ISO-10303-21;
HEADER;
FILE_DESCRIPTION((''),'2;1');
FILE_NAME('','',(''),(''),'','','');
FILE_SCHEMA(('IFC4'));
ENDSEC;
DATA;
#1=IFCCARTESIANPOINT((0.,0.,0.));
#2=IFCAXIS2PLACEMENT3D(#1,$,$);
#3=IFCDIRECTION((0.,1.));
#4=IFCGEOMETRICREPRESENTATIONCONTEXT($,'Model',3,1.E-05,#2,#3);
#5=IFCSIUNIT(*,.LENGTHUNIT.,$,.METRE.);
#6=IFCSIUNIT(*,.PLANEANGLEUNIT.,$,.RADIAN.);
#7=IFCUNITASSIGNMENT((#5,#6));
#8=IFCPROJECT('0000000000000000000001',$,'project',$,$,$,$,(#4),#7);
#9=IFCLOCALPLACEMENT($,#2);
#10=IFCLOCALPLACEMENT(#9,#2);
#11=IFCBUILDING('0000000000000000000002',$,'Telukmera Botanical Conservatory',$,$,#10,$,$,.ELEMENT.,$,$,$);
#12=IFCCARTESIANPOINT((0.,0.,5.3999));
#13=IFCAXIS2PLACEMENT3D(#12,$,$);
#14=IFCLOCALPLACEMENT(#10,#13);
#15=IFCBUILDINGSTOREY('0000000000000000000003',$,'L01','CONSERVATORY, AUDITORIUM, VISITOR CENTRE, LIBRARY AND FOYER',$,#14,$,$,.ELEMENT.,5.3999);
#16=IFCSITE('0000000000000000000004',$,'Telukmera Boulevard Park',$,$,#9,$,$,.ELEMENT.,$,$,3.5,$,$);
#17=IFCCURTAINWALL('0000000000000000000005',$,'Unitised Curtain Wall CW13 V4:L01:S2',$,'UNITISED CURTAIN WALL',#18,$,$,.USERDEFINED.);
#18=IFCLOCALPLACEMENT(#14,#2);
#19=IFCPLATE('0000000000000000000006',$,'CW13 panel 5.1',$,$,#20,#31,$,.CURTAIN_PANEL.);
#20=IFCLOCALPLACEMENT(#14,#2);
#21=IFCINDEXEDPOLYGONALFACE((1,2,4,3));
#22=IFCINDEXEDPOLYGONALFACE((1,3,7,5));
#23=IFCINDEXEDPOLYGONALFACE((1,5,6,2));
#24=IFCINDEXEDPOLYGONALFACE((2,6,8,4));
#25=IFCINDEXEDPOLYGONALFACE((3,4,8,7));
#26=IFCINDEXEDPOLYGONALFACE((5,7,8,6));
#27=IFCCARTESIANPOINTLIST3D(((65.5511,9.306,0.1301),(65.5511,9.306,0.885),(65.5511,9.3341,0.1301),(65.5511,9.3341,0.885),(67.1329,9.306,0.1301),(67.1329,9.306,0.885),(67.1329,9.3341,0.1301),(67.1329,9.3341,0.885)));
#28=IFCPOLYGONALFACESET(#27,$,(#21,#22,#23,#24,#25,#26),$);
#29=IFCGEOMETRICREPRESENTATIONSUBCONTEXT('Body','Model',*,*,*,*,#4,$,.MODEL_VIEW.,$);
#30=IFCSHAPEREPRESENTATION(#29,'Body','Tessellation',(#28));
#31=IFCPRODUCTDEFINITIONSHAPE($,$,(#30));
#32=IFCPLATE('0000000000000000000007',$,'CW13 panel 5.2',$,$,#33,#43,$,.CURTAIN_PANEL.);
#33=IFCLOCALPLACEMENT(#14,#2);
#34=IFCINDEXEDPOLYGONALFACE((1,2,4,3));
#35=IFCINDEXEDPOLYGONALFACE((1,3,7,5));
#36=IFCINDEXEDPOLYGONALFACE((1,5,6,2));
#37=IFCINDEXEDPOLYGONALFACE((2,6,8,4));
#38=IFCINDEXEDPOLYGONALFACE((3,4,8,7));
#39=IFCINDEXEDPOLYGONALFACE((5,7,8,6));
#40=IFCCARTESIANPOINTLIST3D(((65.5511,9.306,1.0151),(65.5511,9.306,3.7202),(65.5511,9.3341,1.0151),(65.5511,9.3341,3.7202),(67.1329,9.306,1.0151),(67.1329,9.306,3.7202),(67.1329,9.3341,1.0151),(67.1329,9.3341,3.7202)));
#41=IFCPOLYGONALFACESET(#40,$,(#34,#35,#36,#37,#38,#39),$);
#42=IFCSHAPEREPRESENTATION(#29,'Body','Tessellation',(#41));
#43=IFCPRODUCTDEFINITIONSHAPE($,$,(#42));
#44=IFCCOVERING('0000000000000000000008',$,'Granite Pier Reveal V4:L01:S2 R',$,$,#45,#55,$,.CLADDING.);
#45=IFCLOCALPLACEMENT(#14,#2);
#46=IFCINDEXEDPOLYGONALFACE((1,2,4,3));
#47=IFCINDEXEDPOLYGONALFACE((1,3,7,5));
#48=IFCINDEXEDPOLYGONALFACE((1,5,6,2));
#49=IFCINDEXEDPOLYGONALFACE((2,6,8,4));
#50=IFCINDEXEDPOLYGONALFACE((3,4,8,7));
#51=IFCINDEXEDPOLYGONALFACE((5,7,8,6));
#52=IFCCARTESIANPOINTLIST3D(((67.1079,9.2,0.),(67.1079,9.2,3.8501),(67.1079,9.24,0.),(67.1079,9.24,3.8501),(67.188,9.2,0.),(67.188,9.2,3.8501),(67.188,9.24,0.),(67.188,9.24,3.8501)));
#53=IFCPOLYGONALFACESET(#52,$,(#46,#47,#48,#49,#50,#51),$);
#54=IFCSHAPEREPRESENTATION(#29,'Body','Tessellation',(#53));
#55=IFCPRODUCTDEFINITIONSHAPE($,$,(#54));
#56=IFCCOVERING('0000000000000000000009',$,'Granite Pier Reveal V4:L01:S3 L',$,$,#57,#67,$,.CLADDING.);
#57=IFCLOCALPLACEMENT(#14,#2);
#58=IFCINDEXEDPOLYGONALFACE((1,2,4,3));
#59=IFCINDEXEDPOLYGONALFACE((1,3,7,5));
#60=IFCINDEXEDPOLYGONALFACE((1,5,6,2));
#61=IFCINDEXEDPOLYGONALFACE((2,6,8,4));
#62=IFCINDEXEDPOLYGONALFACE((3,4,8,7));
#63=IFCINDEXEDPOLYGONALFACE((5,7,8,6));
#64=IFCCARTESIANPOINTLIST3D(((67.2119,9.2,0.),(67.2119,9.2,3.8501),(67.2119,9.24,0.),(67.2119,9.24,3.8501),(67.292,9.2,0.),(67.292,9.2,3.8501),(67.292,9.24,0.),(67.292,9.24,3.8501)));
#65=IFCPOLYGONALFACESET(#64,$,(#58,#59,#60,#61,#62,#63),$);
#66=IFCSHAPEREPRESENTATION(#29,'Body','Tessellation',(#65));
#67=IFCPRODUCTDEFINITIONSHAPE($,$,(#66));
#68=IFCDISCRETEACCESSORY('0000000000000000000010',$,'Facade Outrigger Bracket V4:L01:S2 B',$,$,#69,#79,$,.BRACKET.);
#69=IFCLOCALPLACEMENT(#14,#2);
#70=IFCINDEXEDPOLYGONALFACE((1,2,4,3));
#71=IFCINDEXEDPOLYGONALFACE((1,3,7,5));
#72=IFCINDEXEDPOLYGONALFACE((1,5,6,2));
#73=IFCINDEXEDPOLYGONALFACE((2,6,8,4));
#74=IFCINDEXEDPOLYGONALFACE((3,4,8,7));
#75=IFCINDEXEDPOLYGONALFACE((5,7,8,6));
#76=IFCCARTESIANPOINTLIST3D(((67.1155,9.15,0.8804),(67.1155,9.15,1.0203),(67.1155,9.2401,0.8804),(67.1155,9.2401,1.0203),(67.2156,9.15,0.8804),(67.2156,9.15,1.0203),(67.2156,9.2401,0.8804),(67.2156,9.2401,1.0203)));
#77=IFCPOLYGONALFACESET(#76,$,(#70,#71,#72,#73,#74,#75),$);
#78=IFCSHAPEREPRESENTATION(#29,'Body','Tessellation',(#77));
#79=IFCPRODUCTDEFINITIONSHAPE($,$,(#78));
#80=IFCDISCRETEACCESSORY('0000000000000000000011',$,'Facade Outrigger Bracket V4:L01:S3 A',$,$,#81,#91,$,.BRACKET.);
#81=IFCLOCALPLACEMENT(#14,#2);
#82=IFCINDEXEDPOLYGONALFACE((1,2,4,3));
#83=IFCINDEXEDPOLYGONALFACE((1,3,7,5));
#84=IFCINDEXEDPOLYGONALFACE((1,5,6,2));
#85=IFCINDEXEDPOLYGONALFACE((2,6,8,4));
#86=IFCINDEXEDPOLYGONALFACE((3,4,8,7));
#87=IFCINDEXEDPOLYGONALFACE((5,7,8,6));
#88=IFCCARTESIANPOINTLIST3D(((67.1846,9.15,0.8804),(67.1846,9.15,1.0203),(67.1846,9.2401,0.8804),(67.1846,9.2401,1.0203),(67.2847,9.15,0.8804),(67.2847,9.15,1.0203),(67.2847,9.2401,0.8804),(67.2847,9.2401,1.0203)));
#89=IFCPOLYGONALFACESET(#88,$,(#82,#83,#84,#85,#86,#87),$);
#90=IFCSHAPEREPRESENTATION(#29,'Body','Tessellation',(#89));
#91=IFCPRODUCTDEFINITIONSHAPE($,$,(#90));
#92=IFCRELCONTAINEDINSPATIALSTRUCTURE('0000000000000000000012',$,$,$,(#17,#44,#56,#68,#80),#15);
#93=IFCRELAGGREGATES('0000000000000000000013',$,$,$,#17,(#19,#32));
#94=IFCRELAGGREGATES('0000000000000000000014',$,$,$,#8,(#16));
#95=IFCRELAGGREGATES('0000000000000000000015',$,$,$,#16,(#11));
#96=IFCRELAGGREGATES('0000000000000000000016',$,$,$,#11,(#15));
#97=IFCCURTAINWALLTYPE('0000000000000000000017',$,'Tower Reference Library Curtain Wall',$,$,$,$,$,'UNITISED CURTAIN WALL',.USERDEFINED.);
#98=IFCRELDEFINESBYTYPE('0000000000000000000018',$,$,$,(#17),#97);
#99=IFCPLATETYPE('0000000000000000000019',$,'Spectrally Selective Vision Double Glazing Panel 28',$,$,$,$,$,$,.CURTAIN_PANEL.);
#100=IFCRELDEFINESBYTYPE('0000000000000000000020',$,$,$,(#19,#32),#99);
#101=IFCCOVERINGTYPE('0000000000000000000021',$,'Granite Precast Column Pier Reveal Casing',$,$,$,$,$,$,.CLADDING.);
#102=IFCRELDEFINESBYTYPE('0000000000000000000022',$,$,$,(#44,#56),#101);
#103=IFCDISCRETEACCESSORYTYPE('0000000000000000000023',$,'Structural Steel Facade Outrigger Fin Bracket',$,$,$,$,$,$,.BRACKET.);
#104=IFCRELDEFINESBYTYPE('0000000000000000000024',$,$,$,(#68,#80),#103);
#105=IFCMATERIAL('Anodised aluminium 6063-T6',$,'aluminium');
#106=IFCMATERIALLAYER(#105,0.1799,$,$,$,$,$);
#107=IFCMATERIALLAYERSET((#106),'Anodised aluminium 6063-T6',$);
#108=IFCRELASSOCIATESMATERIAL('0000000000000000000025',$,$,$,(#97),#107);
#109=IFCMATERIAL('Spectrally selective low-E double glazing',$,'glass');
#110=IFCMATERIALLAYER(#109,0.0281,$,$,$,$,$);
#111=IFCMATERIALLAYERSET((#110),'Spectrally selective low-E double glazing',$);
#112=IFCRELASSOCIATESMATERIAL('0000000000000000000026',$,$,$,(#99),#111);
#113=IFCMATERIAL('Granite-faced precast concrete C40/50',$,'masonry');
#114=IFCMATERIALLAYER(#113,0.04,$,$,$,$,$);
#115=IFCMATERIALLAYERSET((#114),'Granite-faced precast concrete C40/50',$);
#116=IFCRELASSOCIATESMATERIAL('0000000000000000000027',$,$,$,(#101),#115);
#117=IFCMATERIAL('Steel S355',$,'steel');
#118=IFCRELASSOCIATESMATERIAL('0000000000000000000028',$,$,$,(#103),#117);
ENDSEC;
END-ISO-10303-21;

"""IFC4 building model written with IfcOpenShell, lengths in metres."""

from ifc_helpers import new_model, si_unit, direction, frame, origin, origin_2d, place, context, subcontext, project, spatial, rectangle, extrude, material, layer, layer_set, type_object, element, aggregate, save


model = new_model("IFC4")

# Units and contexts
model_context = context("Model", 3, precision=1e-05, world=origin(), true_north=direction((0.0, 1.0)))
body_context = subcontext(model_context, "Body", "Model", "MODEL_VIEW")
ifc_project = project(units=[si_unit("LENGTHUNIT", "METRE"), si_unit("PLANEANGLEUNIT", "RADIAN")], contexts=[model_context])

# Site, building, storey
site_placement = place(None, origin())
site = spatial("IfcSite", under=ifc_project, at=site_placement, Name="Telukmera Boulevard Park", CompositionType="ELEMENT", RefElevation=3.5)
building_placement = place(site_placement, origin())
building = spatial("IfcBuilding", under=site, at=building_placement, Name="Telukmera Botanical Conservatory", CompositionType="ELEMENT")
storey_placement = place(building_placement, frame((0.0, 0.0, 5.3999)))
storey = spatial("IfcBuildingStorey", under=building, at=storey_placement, Name="L01", Description="CONSERVATORY, AUDITORIUM, VISITOR CENTRE, LIBRARY AND FOYER", CompositionType="ELEMENT", Elevation=5.3999)

# Curtain wall
ifc_material_1 = material(Name="Anodised aluminium 6063-T6", Category="aluminium")
ifc_layer_1 = layer(ifc_material_1, 0.1799)
ifc_layer_set_1 = layer_set([ifc_layer_1], Name="Anodised aluminium 6063-T6")
curtain_wall_type = type_object("IfcCurtainWallType", Name="Tower Reference Library Curtain Wall", ElementType="UNITISED CURTAIN WALL", PredefinedType="USERDEFINED", material=ifc_layer_set_1)
curtain_wall_1_placement = place(storey_placement, origin())
curtain_wall_1 = element("IfcCurtainWall", 1, at=curtain_wall_1_placement, inside=storey, type_object=curtain_wall_type, Name="Unitised Curtain Wall CW13 V4:L01:S2", ObjectType="UNITISED CURTAIN WALL", PredefinedType="USERDEFINED")

# Plates
ifc_material_2 = material(Name="Spectrally selective low-E double glazing", Category="glass")
ifc_layer_2 = layer(ifc_material_2, 0.0281)
ifc_layer_set_2 = layer_set([ifc_layer_2], Name="Spectrally selective low-E double glazing")
plate_type = type_object("IfcPlateType", Name="Spectrally Selective Vision Double Glazing Panel 28", PredefinedType="CURTAIN_PANEL", material=ifc_layer_set_2)
plate_1_placement = place(storey_placement, frame((66.342, 9.3201, 0.1301), z_axis=(0.0, 0.0, 1.0), x_axis=(1.0, 0.0, 0.0)))
plate_1 = element("IfcPlate", 2, at=plate_1_placement, type_object=plate_type, Name="CW13 panel 5.1", PredefinedType="CURTAIN_PANEL", context=body_context, shape_type="SweptSolid", body=[
    extrude(rectangle(XDim=1.5818, YDim=0.0281, at=origin_2d()), origin(), (0.0, 0.0, 1.0), 0.7549),
])
plate_2_placement = place(storey_placement, frame((66.342, 9.3201, 1.0151), z_axis=(0.0, 0.0, 1.0), x_axis=(1.0, 0.0, 0.0)))
plate_2 = element("IfcPlate", 3, at=plate_2_placement, type_object=plate_type, Name="CW13 panel 5.2", PredefinedType="CURTAIN_PANEL", context=body_context, shape_type="SweptSolid", body=[
    extrude(rectangle(XDim=1.5818, YDim=0.0281, at=origin_2d()), origin(), (0.0, 0.0, 1.0), 2.7051),
])
aggregate(curtain_wall_1, [plate_1, plate_2])

# Coverings
ifc_material_3 = material(Name="Granite-faced precast concrete C40/50", Category="masonry")
ifc_layer_3 = layer(ifc_material_3, 0.04)
ifc_layer_set_3 = layer_set([ifc_layer_3], Name="Granite-faced precast concrete C40/50")
covering_type = type_object("IfcCoveringType", Name="Granite Precast Column Pier Reveal Casing", PredefinedType="CLADDING", material=ifc_layer_set_3)
for number, where, z_axis, x_axis, name in (
    (4, (67.1479, 9.22, 0.0), (0.0, 0.0, 1.0), (1.0, 0.0, 0.0), "Granite Pier Reveal V4:L01:S2 R"),
    (5, (67.252, 9.22, 0.0), (0.0, 0.0, 1.0), (1.0, 0.0, 0.0), "Granite Pier Reveal V4:L01:S3 L"),
):
    element("IfcCovering", number, at=place(storey_placement, frame(where, z_axis=z_axis, x_axis=x_axis)), inside=storey, type_object=covering_type, Name=name, PredefinedType="CLADDING", context=body_context, shape_type="SweptSolid", body=[
        extrude(rectangle(XDim=0.0801, YDim=0.04, at=origin_2d()), origin(), (0.0, 0.0, 1.0), 3.8501),
    ])

# Discrete accessories
ifc_material_4 = material(Name="Steel S355", Category="steel")
discrete_accessory_type = type_object("IfcDiscreteAccessoryType", Name="Structural Steel Facade Outrigger Fin Bracket", PredefinedType="BRACKET", material=ifc_material_4)
for number, where, z_axis, x_axis, name in (
    (6, (67.1655, 9.1951, 0.8804), (0.0, 0.0, 1.0), (1.0, 0.0, 0.0), "Facade Outrigger Bracket V4:L01:S2 B"),
    (7, (67.2346, 9.1951, 0.8804), (0.0, 0.0, 1.0), (1.0, 0.0, 0.0), "Facade Outrigger Bracket V4:L01:S3 A"),
):
    element("IfcDiscreteAccessory", number, at=place(storey_placement, frame(where, z_axis=z_axis, x_axis=x_axis)), inside=storey, type_object=discrete_accessory_type, Name=name, PredefinedType="BRACKET", context=body_context, shape_type="SweptSolid", body=[
        extrude(rectangle(XDim=0.1001, YDim=0.0901, at=origin_2d()), origin(), (0.0, 0.0, 1.0), 0.1399),
    ])

save(model, "model.ifc")
